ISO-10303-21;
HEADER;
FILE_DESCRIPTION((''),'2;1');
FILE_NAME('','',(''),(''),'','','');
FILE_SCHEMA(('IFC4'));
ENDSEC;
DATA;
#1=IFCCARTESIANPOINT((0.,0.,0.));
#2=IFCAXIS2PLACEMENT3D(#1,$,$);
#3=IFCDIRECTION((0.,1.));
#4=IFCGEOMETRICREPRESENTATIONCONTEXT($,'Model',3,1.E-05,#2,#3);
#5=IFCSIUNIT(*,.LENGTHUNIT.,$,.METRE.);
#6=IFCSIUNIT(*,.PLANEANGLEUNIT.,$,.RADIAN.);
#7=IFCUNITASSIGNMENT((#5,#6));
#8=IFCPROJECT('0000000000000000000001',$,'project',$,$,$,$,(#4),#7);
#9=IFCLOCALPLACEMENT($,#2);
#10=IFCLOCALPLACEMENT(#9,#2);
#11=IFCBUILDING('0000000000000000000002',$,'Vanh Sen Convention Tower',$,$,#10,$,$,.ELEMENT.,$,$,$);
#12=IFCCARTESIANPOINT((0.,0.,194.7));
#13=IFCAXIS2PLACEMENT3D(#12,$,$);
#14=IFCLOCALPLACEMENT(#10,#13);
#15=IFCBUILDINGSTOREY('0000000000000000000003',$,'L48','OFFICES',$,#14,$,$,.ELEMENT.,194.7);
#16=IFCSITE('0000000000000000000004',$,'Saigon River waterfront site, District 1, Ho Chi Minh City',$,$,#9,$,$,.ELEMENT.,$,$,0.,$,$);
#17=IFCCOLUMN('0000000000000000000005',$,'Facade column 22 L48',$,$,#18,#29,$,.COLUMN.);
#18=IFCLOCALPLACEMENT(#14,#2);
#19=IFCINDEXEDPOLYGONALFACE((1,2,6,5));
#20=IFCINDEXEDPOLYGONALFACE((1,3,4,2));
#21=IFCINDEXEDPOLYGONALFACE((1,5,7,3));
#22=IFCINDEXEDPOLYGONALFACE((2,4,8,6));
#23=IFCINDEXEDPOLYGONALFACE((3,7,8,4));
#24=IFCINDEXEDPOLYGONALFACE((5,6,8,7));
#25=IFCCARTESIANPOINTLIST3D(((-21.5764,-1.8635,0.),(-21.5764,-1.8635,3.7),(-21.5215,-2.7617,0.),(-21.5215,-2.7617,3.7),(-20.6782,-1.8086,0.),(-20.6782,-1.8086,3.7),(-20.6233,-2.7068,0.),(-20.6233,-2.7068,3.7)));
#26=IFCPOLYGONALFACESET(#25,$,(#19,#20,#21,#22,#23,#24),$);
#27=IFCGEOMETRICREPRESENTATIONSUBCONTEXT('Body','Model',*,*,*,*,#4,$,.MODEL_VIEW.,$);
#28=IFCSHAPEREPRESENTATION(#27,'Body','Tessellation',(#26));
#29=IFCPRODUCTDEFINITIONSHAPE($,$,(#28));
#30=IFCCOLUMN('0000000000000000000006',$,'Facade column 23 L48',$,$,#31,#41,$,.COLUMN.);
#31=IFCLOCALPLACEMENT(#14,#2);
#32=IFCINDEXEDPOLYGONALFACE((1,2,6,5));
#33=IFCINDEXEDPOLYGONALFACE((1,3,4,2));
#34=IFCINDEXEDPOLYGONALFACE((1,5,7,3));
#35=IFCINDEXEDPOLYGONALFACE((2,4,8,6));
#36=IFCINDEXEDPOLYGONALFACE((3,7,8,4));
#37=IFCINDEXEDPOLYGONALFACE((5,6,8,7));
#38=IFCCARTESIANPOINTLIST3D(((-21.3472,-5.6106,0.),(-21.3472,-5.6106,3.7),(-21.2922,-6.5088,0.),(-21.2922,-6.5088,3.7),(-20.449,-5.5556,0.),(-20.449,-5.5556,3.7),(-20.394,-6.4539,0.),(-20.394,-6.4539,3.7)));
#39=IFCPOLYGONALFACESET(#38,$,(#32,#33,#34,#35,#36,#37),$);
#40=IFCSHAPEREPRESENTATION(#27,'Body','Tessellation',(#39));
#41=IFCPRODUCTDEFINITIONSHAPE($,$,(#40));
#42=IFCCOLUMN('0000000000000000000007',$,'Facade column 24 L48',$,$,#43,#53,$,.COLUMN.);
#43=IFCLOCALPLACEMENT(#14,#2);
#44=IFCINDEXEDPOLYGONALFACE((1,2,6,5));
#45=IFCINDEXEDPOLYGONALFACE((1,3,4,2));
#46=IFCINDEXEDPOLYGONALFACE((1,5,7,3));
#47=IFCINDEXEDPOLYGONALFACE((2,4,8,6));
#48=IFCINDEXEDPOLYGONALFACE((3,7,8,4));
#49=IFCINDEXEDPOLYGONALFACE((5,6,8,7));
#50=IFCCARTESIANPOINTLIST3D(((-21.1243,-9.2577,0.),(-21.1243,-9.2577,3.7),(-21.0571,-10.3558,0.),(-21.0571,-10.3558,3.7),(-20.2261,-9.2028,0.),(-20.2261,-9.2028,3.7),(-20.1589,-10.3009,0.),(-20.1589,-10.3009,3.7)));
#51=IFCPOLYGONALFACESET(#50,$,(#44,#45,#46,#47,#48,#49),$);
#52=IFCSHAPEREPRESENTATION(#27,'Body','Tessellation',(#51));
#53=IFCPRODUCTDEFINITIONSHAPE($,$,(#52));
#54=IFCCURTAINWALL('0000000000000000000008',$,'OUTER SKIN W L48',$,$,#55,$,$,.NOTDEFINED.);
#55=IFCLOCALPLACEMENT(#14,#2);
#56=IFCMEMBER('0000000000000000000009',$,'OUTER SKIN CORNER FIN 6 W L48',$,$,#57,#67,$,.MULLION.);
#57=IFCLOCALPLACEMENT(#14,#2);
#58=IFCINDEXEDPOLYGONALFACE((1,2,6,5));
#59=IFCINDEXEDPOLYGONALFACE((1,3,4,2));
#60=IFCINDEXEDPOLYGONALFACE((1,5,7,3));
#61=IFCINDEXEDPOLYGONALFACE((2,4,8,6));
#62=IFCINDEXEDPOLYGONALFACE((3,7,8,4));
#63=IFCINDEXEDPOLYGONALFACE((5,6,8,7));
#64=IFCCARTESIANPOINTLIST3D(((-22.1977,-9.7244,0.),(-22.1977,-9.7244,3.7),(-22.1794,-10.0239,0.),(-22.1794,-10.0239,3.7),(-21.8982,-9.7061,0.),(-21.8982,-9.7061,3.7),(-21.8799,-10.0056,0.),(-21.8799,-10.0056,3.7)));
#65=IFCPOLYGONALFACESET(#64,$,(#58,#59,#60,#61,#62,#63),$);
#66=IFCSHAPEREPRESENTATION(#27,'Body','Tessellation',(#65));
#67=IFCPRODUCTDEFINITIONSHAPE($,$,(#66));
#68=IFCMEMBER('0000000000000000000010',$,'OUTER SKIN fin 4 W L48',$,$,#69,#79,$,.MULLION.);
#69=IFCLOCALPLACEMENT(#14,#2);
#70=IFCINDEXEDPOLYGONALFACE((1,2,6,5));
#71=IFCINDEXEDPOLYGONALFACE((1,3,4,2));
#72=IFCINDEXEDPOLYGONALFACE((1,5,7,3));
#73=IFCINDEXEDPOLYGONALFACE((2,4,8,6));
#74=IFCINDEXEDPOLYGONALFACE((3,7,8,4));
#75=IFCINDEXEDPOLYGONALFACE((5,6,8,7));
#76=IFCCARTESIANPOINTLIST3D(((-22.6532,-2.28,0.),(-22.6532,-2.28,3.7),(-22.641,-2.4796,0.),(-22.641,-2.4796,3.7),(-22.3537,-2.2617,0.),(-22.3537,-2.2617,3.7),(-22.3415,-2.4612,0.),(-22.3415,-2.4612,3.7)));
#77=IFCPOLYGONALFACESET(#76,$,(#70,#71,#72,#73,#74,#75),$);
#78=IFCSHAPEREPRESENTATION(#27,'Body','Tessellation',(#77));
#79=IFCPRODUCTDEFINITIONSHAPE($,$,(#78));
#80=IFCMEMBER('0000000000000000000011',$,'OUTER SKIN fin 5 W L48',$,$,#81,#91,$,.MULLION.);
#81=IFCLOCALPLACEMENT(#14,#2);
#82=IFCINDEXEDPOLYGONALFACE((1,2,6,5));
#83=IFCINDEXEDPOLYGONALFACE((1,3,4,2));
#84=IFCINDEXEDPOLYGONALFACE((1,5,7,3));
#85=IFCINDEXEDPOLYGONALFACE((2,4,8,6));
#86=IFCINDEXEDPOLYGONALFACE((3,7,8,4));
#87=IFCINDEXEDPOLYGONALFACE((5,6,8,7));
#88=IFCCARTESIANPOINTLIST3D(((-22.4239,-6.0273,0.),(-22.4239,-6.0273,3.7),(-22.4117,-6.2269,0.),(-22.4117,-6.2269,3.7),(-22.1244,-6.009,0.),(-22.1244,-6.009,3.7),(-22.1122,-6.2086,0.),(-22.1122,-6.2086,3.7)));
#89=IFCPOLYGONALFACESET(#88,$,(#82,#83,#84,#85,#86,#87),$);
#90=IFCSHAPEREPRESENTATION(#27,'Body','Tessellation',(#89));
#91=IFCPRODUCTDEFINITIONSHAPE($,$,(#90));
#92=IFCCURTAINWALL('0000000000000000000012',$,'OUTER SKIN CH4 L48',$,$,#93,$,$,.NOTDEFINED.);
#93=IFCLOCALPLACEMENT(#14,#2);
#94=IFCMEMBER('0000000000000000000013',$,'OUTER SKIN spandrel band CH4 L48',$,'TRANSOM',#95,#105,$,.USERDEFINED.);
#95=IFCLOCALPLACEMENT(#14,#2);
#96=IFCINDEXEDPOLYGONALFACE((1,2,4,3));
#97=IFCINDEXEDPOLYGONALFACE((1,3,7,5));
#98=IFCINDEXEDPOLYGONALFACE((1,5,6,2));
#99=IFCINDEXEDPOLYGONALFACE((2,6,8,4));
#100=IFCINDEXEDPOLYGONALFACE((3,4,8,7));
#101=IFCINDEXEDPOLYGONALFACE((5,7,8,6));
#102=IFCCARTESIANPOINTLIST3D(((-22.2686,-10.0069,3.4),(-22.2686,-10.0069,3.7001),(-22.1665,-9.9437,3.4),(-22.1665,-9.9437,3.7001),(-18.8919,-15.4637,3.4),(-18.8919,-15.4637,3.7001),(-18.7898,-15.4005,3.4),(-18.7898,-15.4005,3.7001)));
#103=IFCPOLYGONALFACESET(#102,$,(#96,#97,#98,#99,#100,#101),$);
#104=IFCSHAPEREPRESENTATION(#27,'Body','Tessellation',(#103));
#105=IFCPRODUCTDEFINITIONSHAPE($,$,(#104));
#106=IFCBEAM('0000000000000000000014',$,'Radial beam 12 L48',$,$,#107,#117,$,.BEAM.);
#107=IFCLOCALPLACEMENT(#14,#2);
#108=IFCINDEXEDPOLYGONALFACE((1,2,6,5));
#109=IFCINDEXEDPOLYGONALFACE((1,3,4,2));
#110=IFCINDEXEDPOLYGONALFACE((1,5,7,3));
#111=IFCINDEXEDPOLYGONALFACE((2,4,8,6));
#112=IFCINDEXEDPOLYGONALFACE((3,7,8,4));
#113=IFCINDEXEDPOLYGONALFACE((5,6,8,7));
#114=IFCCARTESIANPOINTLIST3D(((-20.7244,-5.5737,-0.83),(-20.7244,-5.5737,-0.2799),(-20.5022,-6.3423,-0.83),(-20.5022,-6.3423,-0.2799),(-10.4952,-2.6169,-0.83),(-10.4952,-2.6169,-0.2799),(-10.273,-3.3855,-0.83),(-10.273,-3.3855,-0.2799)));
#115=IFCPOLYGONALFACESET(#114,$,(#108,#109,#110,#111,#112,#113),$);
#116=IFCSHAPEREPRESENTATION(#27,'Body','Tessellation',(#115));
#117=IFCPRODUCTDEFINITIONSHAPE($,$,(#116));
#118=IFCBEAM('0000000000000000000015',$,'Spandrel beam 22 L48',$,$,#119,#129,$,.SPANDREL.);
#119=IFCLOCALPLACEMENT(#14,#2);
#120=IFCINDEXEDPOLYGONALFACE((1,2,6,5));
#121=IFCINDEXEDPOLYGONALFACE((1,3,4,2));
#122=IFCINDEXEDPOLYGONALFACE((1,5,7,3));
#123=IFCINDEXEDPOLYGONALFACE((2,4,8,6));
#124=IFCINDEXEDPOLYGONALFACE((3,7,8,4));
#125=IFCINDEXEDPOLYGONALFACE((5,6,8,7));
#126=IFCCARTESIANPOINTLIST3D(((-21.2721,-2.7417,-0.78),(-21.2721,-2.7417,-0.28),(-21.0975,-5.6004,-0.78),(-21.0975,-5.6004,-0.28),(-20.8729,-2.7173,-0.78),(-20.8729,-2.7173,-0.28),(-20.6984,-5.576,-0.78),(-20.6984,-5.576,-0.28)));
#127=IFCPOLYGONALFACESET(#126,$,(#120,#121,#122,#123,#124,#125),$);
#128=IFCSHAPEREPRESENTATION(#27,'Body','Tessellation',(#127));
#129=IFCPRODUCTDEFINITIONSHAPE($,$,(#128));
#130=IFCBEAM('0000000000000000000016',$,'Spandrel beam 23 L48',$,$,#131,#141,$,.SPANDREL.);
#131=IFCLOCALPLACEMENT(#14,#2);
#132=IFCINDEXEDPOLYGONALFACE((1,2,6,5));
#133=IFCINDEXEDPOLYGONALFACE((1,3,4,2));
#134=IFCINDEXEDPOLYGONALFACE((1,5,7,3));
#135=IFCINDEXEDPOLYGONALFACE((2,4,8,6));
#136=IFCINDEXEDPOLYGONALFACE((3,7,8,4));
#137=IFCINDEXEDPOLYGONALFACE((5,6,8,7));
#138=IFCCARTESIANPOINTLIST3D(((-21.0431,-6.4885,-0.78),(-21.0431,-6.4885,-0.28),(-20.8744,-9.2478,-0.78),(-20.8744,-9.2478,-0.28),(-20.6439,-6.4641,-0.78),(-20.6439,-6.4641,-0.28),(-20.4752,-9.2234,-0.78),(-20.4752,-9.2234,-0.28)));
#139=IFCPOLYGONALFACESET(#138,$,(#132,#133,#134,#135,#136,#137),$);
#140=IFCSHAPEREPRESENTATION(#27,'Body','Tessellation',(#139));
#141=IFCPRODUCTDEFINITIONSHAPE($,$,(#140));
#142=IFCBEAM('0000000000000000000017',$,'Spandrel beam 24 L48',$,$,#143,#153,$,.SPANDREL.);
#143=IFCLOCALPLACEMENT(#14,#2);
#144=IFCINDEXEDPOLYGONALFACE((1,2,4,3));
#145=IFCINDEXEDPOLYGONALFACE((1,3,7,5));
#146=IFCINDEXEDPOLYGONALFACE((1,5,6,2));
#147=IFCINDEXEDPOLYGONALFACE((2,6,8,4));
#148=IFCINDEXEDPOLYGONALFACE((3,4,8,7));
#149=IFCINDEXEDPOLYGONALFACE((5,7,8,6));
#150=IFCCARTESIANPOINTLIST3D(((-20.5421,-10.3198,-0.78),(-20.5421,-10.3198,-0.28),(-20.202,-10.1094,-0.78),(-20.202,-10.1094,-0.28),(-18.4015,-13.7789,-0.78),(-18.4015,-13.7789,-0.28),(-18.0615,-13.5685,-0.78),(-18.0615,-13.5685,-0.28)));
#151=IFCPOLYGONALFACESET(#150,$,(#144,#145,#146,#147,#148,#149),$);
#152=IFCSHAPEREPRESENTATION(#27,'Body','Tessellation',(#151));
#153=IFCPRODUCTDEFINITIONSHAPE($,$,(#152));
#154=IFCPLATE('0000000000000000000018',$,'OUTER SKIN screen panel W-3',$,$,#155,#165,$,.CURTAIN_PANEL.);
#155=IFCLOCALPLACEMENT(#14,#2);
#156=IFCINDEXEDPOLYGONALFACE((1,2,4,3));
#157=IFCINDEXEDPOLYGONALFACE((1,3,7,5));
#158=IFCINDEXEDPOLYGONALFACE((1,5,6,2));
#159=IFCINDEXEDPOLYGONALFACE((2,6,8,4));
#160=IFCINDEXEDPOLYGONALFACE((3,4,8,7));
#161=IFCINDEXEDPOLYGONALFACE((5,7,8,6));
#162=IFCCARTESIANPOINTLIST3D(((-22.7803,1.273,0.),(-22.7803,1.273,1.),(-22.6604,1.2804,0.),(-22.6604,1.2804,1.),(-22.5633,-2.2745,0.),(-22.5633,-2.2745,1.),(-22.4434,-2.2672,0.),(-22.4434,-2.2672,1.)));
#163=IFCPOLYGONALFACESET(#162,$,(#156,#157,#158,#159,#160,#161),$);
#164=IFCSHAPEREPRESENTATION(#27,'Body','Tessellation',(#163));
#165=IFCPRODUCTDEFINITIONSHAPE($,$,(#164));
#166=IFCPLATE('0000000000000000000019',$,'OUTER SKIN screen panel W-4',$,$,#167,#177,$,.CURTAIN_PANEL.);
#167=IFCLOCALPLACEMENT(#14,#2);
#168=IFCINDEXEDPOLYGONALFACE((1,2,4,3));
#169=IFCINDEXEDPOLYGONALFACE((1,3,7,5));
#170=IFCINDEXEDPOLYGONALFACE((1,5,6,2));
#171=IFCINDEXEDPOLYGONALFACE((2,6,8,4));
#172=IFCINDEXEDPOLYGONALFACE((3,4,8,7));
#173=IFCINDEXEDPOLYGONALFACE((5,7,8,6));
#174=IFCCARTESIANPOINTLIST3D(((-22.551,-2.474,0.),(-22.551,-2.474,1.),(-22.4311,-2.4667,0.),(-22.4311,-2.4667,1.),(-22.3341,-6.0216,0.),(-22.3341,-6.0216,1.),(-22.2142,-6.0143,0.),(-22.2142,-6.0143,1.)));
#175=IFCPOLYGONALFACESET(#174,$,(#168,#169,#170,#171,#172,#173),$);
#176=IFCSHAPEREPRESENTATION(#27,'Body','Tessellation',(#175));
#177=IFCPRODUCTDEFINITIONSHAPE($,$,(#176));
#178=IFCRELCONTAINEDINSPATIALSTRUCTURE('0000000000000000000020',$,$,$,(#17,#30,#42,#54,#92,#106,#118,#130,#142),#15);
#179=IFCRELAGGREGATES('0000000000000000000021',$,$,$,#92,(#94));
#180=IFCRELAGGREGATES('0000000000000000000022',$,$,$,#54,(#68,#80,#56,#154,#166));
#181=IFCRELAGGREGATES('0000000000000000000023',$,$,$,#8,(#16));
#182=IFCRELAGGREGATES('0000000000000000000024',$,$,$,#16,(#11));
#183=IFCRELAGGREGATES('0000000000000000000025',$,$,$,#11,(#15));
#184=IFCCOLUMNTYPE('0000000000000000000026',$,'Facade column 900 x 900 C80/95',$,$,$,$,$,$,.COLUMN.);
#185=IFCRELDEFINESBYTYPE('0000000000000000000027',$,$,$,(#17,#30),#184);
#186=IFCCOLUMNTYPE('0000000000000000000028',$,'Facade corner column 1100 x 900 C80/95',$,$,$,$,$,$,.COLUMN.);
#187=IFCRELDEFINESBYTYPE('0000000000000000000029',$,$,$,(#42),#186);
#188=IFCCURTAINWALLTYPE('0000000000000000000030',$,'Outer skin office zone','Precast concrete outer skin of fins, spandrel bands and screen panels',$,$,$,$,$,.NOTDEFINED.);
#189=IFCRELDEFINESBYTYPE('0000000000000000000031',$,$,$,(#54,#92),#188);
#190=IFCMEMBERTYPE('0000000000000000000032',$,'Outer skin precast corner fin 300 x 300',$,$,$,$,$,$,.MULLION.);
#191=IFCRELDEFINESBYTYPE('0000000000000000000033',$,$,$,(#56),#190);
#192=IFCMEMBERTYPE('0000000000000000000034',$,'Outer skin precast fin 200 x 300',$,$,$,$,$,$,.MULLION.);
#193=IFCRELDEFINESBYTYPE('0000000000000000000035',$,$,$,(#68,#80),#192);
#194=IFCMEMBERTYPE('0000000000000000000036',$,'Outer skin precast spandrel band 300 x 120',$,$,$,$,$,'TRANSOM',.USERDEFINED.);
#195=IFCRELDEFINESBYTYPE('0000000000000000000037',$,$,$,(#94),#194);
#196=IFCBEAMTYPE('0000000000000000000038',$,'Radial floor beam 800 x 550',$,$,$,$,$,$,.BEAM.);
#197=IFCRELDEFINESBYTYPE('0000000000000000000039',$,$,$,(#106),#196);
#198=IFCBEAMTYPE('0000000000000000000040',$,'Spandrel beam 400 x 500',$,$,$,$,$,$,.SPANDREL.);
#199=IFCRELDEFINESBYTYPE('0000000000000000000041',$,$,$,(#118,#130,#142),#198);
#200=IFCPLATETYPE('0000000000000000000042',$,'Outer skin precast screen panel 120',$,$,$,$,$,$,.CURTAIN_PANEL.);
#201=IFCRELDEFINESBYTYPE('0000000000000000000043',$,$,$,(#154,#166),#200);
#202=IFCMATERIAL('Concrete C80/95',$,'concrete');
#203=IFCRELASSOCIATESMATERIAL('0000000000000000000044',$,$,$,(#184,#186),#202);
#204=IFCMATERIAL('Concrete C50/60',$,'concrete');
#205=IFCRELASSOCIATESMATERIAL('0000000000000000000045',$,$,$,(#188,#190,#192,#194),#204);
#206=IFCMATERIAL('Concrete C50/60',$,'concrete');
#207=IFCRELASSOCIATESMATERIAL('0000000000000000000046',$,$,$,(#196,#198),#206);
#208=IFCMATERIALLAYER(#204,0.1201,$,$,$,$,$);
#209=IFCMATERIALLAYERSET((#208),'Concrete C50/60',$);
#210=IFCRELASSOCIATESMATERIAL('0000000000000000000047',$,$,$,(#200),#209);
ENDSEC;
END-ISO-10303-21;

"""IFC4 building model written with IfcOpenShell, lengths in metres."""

from ifc_helpers import new_model, si_unit, direction, frame, origin, origin_2d, place, context, subcontext, project, spatial, rectangle, extrude, material, layer, layer_set, material_profile, profile_set, type_object, element, aggregate, save


model = new_model("IFC4")

# Units and contexts
model_context = context("Model", 3, precision=1e-05, world=origin(), true_north=direction((0.0, 1.0)))
body_context = subcontext(model_context, "Body", "Model", "MODEL_VIEW")
ifc_project = project(units=[si_unit("LENGTHUNIT", "METRE"), si_unit("PLANEANGLEUNIT", "RADIAN")], contexts=[model_context])

# Site, building, storey
site_placement = place(None, origin())
site = spatial("IfcSite", under=ifc_project, at=site_placement, Name="Saigon River waterfront site, District 1, Ho Chi Minh City", CompositionType="ELEMENT", RefElevation=0.0)
building_placement = place(site_placement, origin())
building = spatial("IfcBuilding", under=site, at=building_placement, Name="Vanh Sen Convention Tower", CompositionType="ELEMENT")
storey_placement = place(building_placement, frame((0.0, 0.0, 194.7)))
storey = spatial("IfcBuildingStorey", under=building, at=storey_placement, Name="L48", Description="OFFICES", CompositionType="ELEMENT", Elevation=194.7)

# Columns
ifc_material_1 = material(Name="Concrete C80/95", Category="concrete")
ifc_material_profile_1 = material_profile(ifc_material_1, rectangle(XDim=0.8999, YDim=0.8999, at=origin_2d()), Name="RC 900X900")
ifc_profile_set_1 = profile_set([ifc_material_profile_1], Name="Concrete C80/95")
column_type_1 = type_object("IfcColumnType", Name="Facade column 900 x 900 C80/95", PredefinedType="COLUMN", material=ifc_profile_set_1)
for number, where, z_axis, x_axis, name in (
    (1, (-21.0999, -2.2852, 0.0), (0.0, 0.0, 1.0), (0.061049, -0.998135, 0.0), "Facade column 22 L48"),
    (2, (-20.8706, -6.0322, 0.0), (0.0, 0.0, 1.0), (0.061049, -0.998135, 0.0), "Facade column 23 L48"),
):
    element("IfcColumn", number, at=place(storey_placement, frame(where, z_axis=z_axis, x_axis=x_axis)), inside=storey, type_object=column_type_1, Name=name, PredefinedType="COLUMN", context=body_context, shape_type="SweptSolid", body=[
        extrude(rectangle(XDim=0.8999, YDim=0.8999, at=origin_2d()), origin(), (0.0, 0.0, 1.0), 3.7),
    ])
ifc_material_profile_2 = material_profile(ifc_material_1, rectangle(XDim=1.1001, YDim=0.8999, at=origin_2d()), Name="RC 1100X900")
ifc_profile_set_2 = profile_set([ifc_material_profile_2], Name="Concrete C80/95")
column_type_2 = type_object("IfcColumnType", Name="Facade corner column 1100 x 900 C80/95", PredefinedType="COLUMN", material=ifc_profile_set_2)
column_placement = place(storey_placement, frame((-20.6416, -9.7793, 0.0), z_axis=(0.0, 0.0, 1.0), x_axis=(0.061049, -0.998135, 0.0)))
element("IfcColumn", 3, at=column_placement, inside=storey, type_object=column_type_2, Name="Facade column 24 L48", PredefinedType="COLUMN", context=body_context, shape_type="SweptSolid", body=[
    extrude(rectangle(XDim=1.1001, YDim=0.8999, at=origin_2d()), origin(), (0.0, 0.0, 1.0), 3.7),
])

# Curtain wall, members
ifc_material_2 = material(Name="Concrete C50/60", Category="concrete")
curtain_wall_type = type_object("IfcCurtainWallType", Name="Outer skin office zone", Description="Precast concrete outer skin of fins, spandrel bands and screen panels", PredefinedType="NOTDEFINED", material=ifc_material_2)
curtain_wall_1_placement = place(storey_placement, origin())
curtain_wall_1 = element("IfcCurtainWall", 4, at=curtain_wall_1_placement, inside=storey, type_object=curtain_wall_type, Name="OUTER SKIN W L48", PredefinedType="NOTDEFINED")
ifc_material_profile_3 = material_profile(ifc_material_2, rectangle(XDim=0.3, YDim=0.3, at=origin_2d()), Name="Outer skin precast corner fin 300 x 300")
ifc_profile_set_3 = profile_set([ifc_material_profile_3], Name="Concrete C50/60")
member_type_1 = type_object("IfcMemberType", Name="Outer skin precast corner fin 300 x 300", PredefinedType="MULLION", material=ifc_profile_set_3)
member_1_placement = place(storey_placement, frame((-22.0388, -9.865, 0.0), z_axis=(0.0, 0.0, 1.0), x_axis=(0.061049, -0.998135, 0.0)))
member_1 = element("IfcMember", 5, at=member_1_placement, type_object=member_type_1, Name="OUTER SKIN CORNER FIN 6 W L48", PredefinedType="MULLION", context=body_context, shape_type="SweptSolid", body=[
    extrude(rectangle(XDim=0.3, YDim=0.3, at=origin_2d()), origin(), (0.0, 0.0, 1.0), 3.7),
])
ifc_material_profile_4 = material_profile(ifc_material_2, rectangle(XDim=0.2, YDim=0.3, at=origin_2d()), Name="Outer skin precast fin 200 x 300")
ifc_profile_set_4 = profile_set([ifc_material_profile_4], Name="Concrete C50/60")
member_type_2 = type_object("IfcMemberType", Name="Outer skin precast fin 200 x 300", PredefinedType="MULLION", material=ifc_profile_set_4)
member_2_placement = place(storey_placement, frame((-22.4973, -2.3706, 0.0), z_axis=(0.0, 0.0, 1.0), x_axis=(0.061049, -0.998135, 0.0)))
member_2 = element("IfcMember", 6, at=member_2_placement, type_object=member_type_2, Name="OUTER SKIN fin 4 W L48", PredefinedType="MULLION", context=body_context, shape_type="SweptSolid", body=[
    extrude(rectangle(XDim=0.2, YDim=0.3, at=origin_2d()), origin(), (0.0, 0.0, 1.0), 3.7),
])
member_3_placement = place(storey_placement, frame((-22.2681, -6.1179, 0.0), z_axis=(0.0, 0.0, 1.0), x_axis=(0.061049, -0.998135, 0.0)))
member_3 = element("IfcMember", 7, at=member_3_placement, type_object=member_type_2, Name="OUTER SKIN fin 5 W L48", PredefinedType="MULLION", context=body_context, shape_type="SweptSolid", body=[
    extrude(rectangle(XDim=0.2, YDim=0.3, at=origin_2d()), origin(), (0.0, 0.0, 1.0), 3.7),
])

# Curtain wall, member
curtain_wall_2_placement = place(storey_placement, origin())
curtain_wall_2 = element("IfcCurtainWall", 8, at=curtain_wall_2_placement, inside=storey, type_object=curtain_wall_type, Name="OUTER SKIN CH4 L48", PredefinedType="NOTDEFINED")
ifc_material_profile_5 = material_profile(ifc_material_2, rectangle(XDim=0.1201, YDim=0.3, at=origin_2d()), Name="Outer skin precast spandrel band 300 x 120")
ifc_profile_set_5 = profile_set([ifc_material_profile_5], Name="Concrete C50/60")
member_type_3 = type_object("IfcMemberType", Name="Outer skin precast spandrel band 300 x 120", ElementType="TRANSOM", PredefinedType="USERDEFINED", material=ifc_profile_set_5)
member_4_placement = place(storey_placement, frame((-22.2175, -9.9753, 3.55), z_axis=(0.526208, -0.850356, 0.0), x_axis=(0.850356, 0.526208, 0.0)))
member_4 = element("IfcMember", 9, at=member_4_placement, type_object=member_type_3, Name="OUTER SKIN spandrel band CH4 L48", ObjectType="TRANSOM", PredefinedType="USERDEFINED", context=body_context, shape_type="SweptSolid", body=[
    extrude(rectangle(XDim=0.1201, YDim=0.3, at=origin_2d()), origin(), (0.0, 0.0, 1.0), 6.417),
])
aggregate(curtain_wall_2, [member_4])

# Beams
ifc_material_3 = material(Name="Concrete C50/60", Category="concrete")
ifc_material_profile_6 = material_profile(ifc_material_3, rectangle(XDim=0.8, YDim=0.55, at=origin_2d()), Name="RC 800X550")
ifc_profile_set_6 = profile_set([ifc_material_profile_6], Name="Concrete C50/60")
beam_type_1 = type_object("IfcBeamType", Name="Radial floor beam 800 x 550", PredefinedType="BEAM", material=ifc_profile_set_6)
beam_1_placement = place(storey_placement, frame((-20.6133, -5.958, -0.5549), z_axis=(0.960672, 0.277684, 0.0), x_axis=(-0.277684, 0.960672, 0.0)))
element("IfcBeam", 10, at=beam_1_placement, inside=storey, type_object=beam_type_1, Name="Radial beam 12 L48", PredefinedType="BEAM", context=body_context, shape_type="SweptSolid", body=[
    extrude(rectangle(XDim=0.8, YDim=0.55, at=origin_2d()), origin(), (0.0, 0.0, 1.0), 10.6479),
])
ifc_material_profile_7 = material_profile(ifc_material_3, rectangle(XDim=0.3999, YDim=0.5, at=origin_2d()), Name="RC 400X500")
ifc_profile_set_7 = profile_set([ifc_material_profile_7], Name="Concrete C50/60")
beam_type_2 = type_object("IfcBeamType", Name="Spandrel beam 400 x 500", PredefinedType="SPANDREL", material=ifc_profile_set_7)
beam_2_placement = place(storey_placement, frame((-21.0725, -2.7295, -0.53), z_axis=(0.060951, -0.998141, 0.0), x_axis=(0.998141, 0.060951, 0.0)))
element("IfcBeam", 11, at=beam_2_placement, inside=storey, type_object=beam_type_2, Name="Spandrel beam 22 L48", PredefinedType="SPANDREL", context=body_context, shape_type="SweptSolid", body=[
    extrude(rectangle(XDim=0.3999, YDim=0.5, at=origin_2d()), origin(), (0.0, 0.0, 1.0), 2.864),
])
beam_3_placement = place(storey_placement, frame((-20.8435, -6.4763, -0.53), z_axis=(0.061026, -0.998136, 0.0), x_axis=(0.998136, 0.061026, 0.0)))
element("IfcBeam", 12, at=beam_3_placement, inside=storey, type_object=beam_type_2, Name="Spandrel beam 23 L48", PredefinedType="SPANDREL", context=body_context, shape_type="SweptSolid", body=[
    extrude(rectangle(XDim=0.3999, YDim=0.5, at=origin_2d()), origin(), (0.0, 0.0, 1.0), 2.7644),
])
beam_4_placement = place(storey_placement, frame((-20.3721, -10.2146, -0.53), z_axis=(0.526212, -0.850353, 0.0), x_axis=(0.850353, 0.526212, 0.0)))
element("IfcBeam", 13, at=beam_4_placement, inside=storey, type_object=beam_type_2, Name="Spandrel beam 24 L48", PredefinedType="SPANDREL", context=body_context, shape_type="SweptSolid", body=[
    extrude(rectangle(XDim=0.3999, YDim=0.5, at=origin_2d()), origin(), (0.0, 0.0, 1.0), 4.0679),
])

# Plates
ifc_layer_1 = layer(ifc_material_2, 0.1201)
ifc_layer_set_1 = layer_set([ifc_layer_1], Name="Concrete C50/60")
plate_type = type_object("IfcPlateType", Name="Outer skin precast screen panel 120", PredefinedType="CURTAIN_PANEL", material=ifc_layer_set_1)
plate_1_placement = place(storey_placement, frame((-22.6118, -0.4971, 0.0), z_axis=(0.0, 0.0, 1.0), x_axis=(0.061054, -0.998134, 0.0)))
plate_1 = element("IfcPlate", 14, at=plate_1_placement, type_object=plate_type, Name="OUTER SKIN screen panel W-3", PredefinedType="CURTAIN_PANEL", context=body_context, shape_type="SweptSolid", body=[
    extrude(rectangle(XDim=3.5542, YDim=0.1201, at=origin_2d()), origin(), (0.0, 0.0, 1.0), 1.0),
])
plate_2_placement = place(storey_placement, frame((-22.3826, -4.2441, 0.0), z_axis=(0.0, 0.0, 1.0), x_axis=(0.061026, -0.998136, 0.0)))
plate_2 = element("IfcPlate", 15, at=plate_2_placement, type_object=plate_type, Name="OUTER SKIN screen panel W-4", PredefinedType="CURTAIN_PANEL", context=body_context, shape_type="SweptSolid", body=[
    extrude(rectangle(XDim=3.5542, YDim=0.1201, at=origin_2d()), origin(), (0.0, 0.0, 1.0), 1.0),
])
aggregate(curtain_wall_1, [member_2, member_3, member_1, plate_1, plate_2])

save(model, "model.ifc")
